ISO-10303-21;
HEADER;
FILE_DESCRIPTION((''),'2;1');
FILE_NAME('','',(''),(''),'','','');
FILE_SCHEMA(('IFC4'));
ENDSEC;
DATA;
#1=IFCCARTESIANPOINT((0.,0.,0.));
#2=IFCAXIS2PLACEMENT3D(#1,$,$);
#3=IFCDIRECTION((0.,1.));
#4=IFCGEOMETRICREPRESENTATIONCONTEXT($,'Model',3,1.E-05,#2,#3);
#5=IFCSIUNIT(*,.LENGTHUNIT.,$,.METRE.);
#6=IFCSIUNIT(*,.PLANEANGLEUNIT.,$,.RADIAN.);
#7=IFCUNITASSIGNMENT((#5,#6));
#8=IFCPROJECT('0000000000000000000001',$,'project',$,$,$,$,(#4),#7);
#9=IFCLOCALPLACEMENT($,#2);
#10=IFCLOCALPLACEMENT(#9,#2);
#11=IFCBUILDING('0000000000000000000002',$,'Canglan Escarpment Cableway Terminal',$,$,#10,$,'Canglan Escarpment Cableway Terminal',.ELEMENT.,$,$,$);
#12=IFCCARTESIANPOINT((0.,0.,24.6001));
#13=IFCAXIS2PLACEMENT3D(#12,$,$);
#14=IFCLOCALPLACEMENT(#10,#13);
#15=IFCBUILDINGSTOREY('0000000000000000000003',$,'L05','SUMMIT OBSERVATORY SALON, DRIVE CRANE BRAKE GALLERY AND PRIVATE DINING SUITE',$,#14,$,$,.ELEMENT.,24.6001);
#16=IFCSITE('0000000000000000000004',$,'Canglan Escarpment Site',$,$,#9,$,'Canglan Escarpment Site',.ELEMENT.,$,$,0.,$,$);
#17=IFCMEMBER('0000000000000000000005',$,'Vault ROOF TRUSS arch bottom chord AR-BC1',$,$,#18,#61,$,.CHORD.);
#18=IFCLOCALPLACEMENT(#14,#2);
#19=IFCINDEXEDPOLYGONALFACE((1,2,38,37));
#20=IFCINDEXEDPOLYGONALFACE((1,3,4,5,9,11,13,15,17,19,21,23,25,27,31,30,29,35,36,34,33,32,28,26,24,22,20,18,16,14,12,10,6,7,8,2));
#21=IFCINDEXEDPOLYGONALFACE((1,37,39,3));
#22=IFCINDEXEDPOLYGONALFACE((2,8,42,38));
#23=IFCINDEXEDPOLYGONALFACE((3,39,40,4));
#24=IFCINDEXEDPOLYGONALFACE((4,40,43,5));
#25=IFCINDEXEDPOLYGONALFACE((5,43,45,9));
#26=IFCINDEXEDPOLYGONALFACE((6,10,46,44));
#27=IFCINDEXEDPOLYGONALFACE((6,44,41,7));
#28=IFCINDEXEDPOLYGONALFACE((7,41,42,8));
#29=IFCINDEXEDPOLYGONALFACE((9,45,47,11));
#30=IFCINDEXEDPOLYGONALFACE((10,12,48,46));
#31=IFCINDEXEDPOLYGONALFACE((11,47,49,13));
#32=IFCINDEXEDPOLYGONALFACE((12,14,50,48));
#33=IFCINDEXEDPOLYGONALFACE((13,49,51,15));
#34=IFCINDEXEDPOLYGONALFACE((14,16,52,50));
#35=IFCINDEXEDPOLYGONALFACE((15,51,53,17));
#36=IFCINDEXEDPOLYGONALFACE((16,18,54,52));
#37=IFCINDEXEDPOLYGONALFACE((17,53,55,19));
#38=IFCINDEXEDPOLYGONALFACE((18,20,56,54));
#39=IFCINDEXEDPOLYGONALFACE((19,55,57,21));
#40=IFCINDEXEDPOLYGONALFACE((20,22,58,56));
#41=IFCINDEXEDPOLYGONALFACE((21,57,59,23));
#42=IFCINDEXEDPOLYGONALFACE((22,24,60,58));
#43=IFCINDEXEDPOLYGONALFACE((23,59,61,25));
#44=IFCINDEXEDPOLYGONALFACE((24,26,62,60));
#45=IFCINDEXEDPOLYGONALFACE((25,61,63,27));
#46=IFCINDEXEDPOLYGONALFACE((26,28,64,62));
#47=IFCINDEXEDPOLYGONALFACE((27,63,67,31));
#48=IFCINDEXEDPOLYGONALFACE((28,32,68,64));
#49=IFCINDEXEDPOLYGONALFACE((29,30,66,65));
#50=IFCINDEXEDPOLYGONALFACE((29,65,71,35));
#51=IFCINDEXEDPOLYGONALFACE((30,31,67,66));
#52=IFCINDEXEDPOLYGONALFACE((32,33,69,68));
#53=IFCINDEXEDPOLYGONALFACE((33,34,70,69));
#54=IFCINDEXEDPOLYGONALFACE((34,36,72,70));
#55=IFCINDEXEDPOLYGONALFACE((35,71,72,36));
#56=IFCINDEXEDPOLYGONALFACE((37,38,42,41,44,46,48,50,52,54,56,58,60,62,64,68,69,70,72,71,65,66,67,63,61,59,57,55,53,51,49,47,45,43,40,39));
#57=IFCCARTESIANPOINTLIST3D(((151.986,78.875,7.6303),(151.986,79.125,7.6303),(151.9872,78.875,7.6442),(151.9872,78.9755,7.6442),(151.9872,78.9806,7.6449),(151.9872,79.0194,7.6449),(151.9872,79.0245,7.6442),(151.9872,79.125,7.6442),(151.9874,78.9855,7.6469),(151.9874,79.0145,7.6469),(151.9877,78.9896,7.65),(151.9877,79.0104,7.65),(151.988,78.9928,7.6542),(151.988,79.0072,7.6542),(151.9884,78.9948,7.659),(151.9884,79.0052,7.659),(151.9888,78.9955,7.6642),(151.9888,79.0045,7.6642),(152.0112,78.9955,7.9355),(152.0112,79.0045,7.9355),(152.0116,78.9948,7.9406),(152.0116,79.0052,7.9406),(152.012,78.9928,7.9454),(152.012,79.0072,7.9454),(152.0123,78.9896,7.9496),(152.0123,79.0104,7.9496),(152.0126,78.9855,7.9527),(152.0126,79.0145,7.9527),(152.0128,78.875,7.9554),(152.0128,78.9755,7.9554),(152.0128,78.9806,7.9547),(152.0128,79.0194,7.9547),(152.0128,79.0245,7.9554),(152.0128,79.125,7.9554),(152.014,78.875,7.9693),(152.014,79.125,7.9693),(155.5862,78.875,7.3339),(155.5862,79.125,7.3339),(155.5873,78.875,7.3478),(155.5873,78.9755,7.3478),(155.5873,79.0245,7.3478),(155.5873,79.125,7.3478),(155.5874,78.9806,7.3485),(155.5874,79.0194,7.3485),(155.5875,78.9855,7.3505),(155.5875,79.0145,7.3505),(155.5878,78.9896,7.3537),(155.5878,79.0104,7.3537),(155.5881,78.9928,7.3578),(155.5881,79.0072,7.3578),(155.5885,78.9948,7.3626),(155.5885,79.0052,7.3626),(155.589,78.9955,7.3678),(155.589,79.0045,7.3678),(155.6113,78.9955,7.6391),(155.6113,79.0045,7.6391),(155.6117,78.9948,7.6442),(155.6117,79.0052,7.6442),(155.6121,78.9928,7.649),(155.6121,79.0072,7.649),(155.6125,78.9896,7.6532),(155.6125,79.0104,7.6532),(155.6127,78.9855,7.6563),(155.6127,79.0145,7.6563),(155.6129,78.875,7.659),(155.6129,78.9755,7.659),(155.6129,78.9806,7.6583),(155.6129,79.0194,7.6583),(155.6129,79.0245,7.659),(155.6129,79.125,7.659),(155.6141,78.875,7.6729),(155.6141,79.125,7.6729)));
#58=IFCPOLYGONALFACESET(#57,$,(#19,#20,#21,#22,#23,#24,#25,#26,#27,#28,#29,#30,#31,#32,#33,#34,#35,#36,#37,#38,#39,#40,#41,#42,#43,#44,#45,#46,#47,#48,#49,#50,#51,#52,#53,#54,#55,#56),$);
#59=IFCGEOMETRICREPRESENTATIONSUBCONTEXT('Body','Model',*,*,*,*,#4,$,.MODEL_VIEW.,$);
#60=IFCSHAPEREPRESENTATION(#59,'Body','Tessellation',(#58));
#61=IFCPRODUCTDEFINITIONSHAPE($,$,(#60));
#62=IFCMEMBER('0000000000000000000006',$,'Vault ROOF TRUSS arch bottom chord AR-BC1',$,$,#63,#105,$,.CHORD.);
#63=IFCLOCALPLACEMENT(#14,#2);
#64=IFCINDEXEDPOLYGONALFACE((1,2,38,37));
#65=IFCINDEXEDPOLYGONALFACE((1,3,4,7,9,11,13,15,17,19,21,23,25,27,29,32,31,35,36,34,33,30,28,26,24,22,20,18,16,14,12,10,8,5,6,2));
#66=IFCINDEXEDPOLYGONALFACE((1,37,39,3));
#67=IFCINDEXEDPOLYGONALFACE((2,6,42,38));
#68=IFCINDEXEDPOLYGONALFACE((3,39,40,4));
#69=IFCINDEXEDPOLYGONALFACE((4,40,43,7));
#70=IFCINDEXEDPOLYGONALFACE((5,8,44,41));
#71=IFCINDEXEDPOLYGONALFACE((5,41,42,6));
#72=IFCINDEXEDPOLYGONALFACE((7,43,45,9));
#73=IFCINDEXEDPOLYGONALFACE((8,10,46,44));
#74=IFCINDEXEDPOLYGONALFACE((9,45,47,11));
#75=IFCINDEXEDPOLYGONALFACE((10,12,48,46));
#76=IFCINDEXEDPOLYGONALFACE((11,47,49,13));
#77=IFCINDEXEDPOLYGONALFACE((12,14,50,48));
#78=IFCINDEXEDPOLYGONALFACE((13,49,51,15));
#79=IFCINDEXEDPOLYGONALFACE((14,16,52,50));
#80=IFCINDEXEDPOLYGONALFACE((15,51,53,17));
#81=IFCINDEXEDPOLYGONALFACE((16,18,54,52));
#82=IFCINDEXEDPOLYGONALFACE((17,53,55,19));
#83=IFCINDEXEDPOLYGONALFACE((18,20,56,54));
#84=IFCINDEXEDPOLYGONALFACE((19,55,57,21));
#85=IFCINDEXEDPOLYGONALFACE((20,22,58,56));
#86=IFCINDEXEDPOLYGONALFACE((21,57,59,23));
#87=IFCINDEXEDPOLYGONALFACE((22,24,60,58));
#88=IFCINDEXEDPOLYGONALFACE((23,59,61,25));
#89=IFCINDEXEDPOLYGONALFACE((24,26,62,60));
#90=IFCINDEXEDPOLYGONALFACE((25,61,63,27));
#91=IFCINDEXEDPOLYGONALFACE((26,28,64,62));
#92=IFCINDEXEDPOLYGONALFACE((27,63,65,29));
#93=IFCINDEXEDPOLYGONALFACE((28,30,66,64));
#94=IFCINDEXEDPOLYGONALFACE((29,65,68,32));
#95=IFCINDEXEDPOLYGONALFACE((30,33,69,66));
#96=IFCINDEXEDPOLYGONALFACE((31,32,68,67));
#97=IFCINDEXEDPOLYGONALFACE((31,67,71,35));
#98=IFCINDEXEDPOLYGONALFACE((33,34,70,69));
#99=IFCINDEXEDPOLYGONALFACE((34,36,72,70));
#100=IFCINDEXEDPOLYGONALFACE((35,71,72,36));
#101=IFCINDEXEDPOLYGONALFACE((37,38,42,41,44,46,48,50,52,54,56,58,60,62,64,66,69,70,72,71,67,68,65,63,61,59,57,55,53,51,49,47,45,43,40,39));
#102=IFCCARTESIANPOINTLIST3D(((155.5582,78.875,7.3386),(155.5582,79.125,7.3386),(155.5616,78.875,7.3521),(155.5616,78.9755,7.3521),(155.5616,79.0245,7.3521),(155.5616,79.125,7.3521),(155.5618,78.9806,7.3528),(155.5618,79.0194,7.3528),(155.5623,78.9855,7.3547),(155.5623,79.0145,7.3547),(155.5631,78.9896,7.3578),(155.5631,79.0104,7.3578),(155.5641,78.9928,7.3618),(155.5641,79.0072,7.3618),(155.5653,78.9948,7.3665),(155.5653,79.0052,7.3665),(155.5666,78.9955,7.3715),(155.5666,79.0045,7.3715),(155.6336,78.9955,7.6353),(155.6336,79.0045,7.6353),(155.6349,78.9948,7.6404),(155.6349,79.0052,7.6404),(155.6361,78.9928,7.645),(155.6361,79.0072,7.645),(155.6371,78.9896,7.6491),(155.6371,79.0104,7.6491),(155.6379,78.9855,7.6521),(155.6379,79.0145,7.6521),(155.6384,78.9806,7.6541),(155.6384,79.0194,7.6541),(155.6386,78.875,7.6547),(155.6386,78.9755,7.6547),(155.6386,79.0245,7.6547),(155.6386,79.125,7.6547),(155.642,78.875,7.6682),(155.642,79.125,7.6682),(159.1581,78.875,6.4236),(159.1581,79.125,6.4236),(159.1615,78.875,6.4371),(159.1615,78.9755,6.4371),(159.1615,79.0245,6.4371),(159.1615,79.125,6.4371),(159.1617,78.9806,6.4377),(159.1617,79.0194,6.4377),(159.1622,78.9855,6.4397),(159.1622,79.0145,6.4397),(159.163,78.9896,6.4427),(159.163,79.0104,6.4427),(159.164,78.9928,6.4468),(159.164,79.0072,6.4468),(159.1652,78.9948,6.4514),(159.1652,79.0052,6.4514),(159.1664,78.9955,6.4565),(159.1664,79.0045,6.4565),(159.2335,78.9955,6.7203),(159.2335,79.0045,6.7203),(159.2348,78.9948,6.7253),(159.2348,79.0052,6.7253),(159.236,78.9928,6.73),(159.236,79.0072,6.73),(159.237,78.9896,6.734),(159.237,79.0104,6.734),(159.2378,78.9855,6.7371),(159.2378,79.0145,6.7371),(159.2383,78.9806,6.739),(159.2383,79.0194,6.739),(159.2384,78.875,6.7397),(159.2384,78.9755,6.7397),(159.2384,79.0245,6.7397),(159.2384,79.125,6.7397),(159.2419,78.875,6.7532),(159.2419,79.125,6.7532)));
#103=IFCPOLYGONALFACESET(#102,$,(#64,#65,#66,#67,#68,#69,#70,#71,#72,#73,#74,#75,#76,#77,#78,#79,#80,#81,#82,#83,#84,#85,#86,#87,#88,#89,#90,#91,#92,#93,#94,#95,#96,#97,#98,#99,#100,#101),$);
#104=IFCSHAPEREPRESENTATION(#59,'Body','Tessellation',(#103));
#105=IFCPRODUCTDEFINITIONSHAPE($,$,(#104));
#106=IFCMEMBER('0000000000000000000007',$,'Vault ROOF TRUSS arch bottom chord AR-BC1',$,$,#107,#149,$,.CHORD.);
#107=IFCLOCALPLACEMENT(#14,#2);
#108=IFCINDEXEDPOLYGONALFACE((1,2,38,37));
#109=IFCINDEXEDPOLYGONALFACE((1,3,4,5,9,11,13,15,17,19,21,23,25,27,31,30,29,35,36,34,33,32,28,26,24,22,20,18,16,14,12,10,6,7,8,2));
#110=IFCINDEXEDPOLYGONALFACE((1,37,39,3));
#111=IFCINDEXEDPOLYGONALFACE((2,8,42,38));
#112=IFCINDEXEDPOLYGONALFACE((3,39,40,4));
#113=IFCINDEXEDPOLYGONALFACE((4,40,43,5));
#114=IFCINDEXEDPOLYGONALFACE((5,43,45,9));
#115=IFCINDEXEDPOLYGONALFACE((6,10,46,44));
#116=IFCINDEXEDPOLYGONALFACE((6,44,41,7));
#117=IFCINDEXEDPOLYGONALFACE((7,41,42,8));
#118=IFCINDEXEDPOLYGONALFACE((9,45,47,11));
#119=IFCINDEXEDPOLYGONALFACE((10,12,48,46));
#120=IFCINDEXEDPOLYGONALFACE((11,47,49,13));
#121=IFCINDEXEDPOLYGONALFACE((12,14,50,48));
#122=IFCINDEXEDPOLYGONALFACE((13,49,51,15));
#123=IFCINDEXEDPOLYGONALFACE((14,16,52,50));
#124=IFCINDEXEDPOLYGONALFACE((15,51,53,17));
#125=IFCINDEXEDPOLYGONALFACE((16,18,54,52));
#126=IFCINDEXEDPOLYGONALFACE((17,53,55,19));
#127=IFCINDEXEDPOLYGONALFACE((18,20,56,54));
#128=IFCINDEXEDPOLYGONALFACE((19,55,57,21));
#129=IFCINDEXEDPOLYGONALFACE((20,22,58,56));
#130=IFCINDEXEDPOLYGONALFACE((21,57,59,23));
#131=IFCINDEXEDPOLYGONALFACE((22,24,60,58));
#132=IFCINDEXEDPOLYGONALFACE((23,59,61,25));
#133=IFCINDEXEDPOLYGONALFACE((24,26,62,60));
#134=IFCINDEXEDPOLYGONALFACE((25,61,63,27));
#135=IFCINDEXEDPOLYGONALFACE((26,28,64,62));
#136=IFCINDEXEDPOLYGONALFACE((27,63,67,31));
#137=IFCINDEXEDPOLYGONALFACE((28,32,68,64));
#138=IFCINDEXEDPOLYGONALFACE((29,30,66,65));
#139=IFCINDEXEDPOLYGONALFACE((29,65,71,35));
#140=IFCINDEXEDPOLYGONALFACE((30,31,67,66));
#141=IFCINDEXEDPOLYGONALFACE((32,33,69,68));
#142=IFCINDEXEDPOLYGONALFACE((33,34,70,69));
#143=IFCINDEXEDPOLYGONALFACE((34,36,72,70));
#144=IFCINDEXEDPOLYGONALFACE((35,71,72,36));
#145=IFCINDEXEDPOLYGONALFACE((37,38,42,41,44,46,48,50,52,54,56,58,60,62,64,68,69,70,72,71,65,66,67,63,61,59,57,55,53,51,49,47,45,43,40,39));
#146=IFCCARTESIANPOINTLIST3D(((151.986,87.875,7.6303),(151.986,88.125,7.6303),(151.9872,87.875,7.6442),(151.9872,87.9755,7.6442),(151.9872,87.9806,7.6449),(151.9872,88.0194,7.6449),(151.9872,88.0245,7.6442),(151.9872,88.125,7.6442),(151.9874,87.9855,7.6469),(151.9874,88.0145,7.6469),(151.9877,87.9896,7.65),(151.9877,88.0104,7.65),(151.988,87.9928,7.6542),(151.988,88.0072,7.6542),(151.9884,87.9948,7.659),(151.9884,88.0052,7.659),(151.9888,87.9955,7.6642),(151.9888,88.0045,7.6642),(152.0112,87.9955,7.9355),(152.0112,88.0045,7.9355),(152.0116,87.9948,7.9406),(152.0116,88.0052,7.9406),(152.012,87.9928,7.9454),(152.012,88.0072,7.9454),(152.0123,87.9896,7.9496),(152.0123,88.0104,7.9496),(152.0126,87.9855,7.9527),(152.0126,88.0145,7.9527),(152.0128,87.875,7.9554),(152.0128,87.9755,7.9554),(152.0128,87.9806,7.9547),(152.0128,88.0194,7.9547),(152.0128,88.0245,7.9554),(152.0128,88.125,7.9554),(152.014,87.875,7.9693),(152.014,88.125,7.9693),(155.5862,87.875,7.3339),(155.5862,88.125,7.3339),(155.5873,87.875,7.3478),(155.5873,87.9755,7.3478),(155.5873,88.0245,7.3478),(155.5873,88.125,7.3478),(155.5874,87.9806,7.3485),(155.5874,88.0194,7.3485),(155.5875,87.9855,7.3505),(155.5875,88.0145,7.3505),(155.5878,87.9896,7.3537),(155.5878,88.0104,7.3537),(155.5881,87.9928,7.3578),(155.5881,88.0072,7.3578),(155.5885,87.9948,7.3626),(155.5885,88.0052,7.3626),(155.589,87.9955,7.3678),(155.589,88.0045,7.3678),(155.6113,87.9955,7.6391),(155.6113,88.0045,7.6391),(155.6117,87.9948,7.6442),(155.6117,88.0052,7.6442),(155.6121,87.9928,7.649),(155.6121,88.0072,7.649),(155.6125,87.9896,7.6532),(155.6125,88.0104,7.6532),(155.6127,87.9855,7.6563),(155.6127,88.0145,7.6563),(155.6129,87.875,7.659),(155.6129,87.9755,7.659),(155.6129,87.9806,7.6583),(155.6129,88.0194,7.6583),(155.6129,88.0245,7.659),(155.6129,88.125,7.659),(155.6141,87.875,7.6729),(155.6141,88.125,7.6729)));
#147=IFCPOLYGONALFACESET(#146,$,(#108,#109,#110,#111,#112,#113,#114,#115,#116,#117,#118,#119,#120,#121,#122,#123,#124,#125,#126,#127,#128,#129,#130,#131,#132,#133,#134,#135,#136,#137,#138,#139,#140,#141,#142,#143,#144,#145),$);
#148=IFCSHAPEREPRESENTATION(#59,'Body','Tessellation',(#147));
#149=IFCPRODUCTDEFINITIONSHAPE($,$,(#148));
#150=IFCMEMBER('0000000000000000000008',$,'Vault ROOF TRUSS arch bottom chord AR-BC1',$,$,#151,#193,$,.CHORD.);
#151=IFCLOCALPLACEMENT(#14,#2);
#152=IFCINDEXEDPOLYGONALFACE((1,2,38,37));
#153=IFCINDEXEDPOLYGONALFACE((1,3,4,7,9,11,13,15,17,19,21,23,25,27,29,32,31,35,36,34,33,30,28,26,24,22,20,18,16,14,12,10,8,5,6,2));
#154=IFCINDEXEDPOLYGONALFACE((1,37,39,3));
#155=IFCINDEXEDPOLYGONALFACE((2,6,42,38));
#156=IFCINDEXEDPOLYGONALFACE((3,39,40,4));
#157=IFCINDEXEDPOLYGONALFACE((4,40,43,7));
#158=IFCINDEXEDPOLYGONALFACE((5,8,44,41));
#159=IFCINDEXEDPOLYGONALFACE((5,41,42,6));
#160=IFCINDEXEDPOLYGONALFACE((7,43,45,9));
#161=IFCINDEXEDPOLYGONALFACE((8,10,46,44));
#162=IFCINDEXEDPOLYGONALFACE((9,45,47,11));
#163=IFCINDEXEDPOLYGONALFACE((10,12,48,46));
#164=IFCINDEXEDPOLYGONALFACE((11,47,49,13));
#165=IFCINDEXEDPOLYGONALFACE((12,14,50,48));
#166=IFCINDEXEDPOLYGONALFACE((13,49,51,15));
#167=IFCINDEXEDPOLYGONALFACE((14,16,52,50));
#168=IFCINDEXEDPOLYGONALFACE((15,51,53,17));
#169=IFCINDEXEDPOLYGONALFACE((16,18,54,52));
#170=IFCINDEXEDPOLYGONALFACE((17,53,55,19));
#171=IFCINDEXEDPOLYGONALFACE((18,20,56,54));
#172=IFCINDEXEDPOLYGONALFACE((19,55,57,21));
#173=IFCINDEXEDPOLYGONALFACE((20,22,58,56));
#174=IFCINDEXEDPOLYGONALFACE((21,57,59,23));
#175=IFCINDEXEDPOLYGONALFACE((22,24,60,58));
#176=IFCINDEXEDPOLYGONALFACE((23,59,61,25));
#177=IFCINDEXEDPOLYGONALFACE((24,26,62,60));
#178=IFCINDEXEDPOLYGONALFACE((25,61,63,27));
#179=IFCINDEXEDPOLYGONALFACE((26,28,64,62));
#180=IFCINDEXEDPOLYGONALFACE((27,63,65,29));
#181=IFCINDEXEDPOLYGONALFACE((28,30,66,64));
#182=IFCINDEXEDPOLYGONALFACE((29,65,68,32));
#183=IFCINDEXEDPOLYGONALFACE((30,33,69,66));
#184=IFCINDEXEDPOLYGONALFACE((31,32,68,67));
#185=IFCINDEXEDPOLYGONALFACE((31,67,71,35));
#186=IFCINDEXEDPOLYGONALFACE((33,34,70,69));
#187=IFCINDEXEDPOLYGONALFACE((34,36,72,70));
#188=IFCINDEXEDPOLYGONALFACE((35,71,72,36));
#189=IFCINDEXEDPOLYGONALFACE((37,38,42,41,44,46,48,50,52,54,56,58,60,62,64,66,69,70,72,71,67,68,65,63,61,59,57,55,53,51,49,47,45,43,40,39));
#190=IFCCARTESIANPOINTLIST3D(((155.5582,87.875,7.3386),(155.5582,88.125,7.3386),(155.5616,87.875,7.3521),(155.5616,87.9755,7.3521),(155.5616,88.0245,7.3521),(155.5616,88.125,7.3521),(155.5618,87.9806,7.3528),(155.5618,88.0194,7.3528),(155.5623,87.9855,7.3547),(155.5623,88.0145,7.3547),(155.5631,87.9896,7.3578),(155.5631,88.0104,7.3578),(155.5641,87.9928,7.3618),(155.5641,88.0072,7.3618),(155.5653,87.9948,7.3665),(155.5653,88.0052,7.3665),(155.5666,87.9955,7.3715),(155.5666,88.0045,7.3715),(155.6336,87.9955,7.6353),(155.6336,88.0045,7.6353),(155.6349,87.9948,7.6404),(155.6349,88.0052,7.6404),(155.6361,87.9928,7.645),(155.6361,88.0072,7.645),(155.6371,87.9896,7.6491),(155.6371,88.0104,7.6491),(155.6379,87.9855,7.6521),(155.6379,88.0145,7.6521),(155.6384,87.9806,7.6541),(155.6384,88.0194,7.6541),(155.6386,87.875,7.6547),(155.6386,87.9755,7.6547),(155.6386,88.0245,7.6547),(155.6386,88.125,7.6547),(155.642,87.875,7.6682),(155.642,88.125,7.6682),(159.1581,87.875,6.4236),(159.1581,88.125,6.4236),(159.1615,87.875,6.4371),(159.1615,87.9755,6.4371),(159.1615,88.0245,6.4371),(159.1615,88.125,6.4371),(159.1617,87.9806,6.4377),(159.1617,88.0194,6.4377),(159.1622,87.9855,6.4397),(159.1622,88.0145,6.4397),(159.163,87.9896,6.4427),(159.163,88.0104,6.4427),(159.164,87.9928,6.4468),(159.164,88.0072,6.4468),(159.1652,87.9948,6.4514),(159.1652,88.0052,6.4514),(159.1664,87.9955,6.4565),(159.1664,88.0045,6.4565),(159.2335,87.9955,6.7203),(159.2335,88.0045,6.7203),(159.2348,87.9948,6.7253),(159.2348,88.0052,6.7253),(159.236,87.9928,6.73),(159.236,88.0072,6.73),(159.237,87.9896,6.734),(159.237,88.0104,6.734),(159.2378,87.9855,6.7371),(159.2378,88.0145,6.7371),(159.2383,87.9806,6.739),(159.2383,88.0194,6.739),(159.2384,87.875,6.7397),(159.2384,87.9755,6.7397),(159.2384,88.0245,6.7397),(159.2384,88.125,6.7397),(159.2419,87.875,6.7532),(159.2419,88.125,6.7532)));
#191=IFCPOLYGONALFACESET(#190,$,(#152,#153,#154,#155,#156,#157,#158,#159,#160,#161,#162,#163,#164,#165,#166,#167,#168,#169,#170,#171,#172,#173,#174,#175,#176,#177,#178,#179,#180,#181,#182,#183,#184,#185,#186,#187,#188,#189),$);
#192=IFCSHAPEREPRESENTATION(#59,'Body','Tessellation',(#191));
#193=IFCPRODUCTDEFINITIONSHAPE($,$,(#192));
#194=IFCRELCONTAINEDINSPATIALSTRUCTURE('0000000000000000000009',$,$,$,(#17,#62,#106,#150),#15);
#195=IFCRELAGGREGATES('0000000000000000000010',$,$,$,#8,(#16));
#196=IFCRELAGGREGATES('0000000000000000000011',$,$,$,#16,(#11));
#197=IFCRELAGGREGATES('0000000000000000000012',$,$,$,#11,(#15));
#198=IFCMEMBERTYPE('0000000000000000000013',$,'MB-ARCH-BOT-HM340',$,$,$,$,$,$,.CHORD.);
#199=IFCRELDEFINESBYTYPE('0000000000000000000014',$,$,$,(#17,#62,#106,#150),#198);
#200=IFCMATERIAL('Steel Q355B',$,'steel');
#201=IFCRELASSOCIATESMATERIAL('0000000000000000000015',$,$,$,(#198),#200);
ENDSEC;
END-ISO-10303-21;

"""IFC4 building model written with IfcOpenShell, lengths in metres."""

from ifc_helpers import new_model, si_unit, direction, frame, origin, origin_2d, place, context, subcontext, project, spatial, i_section, extrude, material, material_profile, profile_set, type_object, element, save


model = new_model("IFC4")

# Units and contexts
model_context = context("Model", 3, precision=1e-05, world=origin(), true_north=direction((0.0, 1.0)))
body_context = subcontext(model_context, "Body", "Model", "MODEL_VIEW")
ifc_project = project(units=[si_unit("LENGTHUNIT", "METRE"), si_unit("PLANEANGLEUNIT", "RADIAN")], contexts=[model_context])

# Site, building, storey
site_placement = place(None, origin())
site = spatial("IfcSite", under=ifc_project, at=site_placement, Name="Canglan Escarpment Site", LongName="Canglan Escarpment Site", CompositionType="ELEMENT", RefElevation=0.0)
building_placement = place(site_placement, origin())
building = spatial("IfcBuilding", under=site, at=building_placement, Name="Canglan Escarpment Cableway Terminal", LongName="Canglan Escarpment Cableway Terminal", CompositionType="ELEMENT")
storey_placement = place(building_placement, frame((0.0, 0.0, 24.6001)))
storey = spatial("IfcBuildingStorey", under=building, at=storey_placement, Name="L05", Description="SUMMIT OBSERVATORY SALON, DRIVE CRANE BRAKE GALLERY AND PRIVATE DINING SUITE", CompositionType="ELEMENT", Elevation=24.6001)

# Shared definitions
ifc_material = material(Name="Steel Q355B", Category="steel")

# Members
ifc_material_profile_1 = material_profile(ifc_material, i_section(OverallWidth=0.25, OverallDepth=0.3401, WebThickness=0.009, FlangeThickness=0.0139, FilletRadius=0.02, at=origin_2d()), Name="HM 340x250x9x14")
ifc_profile_set_1 = profile_set([ifc_material_profile_1], Name="Steel Q355B")
member_type_1 = type_object("IfcMemberType", Name="MB-ARCH-BOT-HM340", PredefinedType="CHORD", material=ifc_profile_set_1)
member_1_placement = place(storey_placement, frame((152.0, 79.0, 7.7998), z_axis=(0.996628, 0.0, -0.08205), x_axis=(0.0, 1.0, 0.0)))
element("IfcMember", 1, at=member_1_placement, inside=storey, type_object=member_type_1, Name="Vault ROOF TRUSS arch bottom chord AR-BC1", PredefinedType="CHORD", context=body_context, shape_type="SweptSolid", body=[
    extrude(i_section(OverallWidth=0.25, OverallDepth=0.3401, WebThickness=0.009, FlangeThickness=0.0139, FilletRadius=0.02, at=origin_2d()), origin(), (0.0, 0.0, 1.0), 3.6123),
])
member_2_placement = place(storey_placement, frame((155.6001, 79.0, 7.5034), z_axis=(0.96918, 0.0, -0.246354), x_axis=(0.0, 1.0, 0.0)))
element("IfcMember", 2, at=member_2_placement, inside=storey, type_object=member_type_1, Name="Vault ROOF TRUSS arch bottom chord AR-BC1", PredefinedType="CHORD", context=body_context, shape_type="SweptSolid", body=[
    extrude(i_section(OverallWidth=0.25, OverallDepth=0.3401, WebThickness=0.009, FlangeThickness=0.0139, FilletRadius=0.02, at=origin_2d()), origin(), (0.0, 0.0, 1.0), 3.7144),
])
member_3_placement = place(storey_placement, frame((152.0, 88.0, 7.7998), z_axis=(0.996628, 0.0, -0.08205), x_axis=(0.0, 1.0, 0.0)))
element("IfcMember", 3, at=member_3_placement, inside=storey, type_object=member_type_1, Name="Vault ROOF TRUSS arch bottom chord AR-BC1", PredefinedType="CHORD", context=body_context, shape_type="SweptSolid", body=[
    extrude(i_section(OverallWidth=0.25, OverallDepth=0.3401, WebThickness=0.009, FlangeThickness=0.0139, FilletRadius=0.02, at=origin_2d()), origin(), (0.0, 0.0, 1.0), 3.6123),
])
member_4_placement = place(storey_placement, frame((155.6001, 88.0, 7.5034), z_axis=(0.96918, 0.0, -0.246354), x_axis=(0.0, 1.0, 0.0)))
element("IfcMember", 4, at=member_4_placement, inside=storey, type_object=member_type_1, Name="Vault ROOF TRUSS arch bottom chord AR-BC1", PredefinedType="CHORD", context=body_context, shape_type="SweptSolid", body=[
    extrude(i_section(OverallWidth=0.25, OverallDepth=0.3401, WebThickness=0.009, FlangeThickness=0.0139, FilletRadius=0.02, at=origin_2d()), origin(), (0.0, 0.0, 1.0), 3.7144),
])

save(model, "model.ifc")
